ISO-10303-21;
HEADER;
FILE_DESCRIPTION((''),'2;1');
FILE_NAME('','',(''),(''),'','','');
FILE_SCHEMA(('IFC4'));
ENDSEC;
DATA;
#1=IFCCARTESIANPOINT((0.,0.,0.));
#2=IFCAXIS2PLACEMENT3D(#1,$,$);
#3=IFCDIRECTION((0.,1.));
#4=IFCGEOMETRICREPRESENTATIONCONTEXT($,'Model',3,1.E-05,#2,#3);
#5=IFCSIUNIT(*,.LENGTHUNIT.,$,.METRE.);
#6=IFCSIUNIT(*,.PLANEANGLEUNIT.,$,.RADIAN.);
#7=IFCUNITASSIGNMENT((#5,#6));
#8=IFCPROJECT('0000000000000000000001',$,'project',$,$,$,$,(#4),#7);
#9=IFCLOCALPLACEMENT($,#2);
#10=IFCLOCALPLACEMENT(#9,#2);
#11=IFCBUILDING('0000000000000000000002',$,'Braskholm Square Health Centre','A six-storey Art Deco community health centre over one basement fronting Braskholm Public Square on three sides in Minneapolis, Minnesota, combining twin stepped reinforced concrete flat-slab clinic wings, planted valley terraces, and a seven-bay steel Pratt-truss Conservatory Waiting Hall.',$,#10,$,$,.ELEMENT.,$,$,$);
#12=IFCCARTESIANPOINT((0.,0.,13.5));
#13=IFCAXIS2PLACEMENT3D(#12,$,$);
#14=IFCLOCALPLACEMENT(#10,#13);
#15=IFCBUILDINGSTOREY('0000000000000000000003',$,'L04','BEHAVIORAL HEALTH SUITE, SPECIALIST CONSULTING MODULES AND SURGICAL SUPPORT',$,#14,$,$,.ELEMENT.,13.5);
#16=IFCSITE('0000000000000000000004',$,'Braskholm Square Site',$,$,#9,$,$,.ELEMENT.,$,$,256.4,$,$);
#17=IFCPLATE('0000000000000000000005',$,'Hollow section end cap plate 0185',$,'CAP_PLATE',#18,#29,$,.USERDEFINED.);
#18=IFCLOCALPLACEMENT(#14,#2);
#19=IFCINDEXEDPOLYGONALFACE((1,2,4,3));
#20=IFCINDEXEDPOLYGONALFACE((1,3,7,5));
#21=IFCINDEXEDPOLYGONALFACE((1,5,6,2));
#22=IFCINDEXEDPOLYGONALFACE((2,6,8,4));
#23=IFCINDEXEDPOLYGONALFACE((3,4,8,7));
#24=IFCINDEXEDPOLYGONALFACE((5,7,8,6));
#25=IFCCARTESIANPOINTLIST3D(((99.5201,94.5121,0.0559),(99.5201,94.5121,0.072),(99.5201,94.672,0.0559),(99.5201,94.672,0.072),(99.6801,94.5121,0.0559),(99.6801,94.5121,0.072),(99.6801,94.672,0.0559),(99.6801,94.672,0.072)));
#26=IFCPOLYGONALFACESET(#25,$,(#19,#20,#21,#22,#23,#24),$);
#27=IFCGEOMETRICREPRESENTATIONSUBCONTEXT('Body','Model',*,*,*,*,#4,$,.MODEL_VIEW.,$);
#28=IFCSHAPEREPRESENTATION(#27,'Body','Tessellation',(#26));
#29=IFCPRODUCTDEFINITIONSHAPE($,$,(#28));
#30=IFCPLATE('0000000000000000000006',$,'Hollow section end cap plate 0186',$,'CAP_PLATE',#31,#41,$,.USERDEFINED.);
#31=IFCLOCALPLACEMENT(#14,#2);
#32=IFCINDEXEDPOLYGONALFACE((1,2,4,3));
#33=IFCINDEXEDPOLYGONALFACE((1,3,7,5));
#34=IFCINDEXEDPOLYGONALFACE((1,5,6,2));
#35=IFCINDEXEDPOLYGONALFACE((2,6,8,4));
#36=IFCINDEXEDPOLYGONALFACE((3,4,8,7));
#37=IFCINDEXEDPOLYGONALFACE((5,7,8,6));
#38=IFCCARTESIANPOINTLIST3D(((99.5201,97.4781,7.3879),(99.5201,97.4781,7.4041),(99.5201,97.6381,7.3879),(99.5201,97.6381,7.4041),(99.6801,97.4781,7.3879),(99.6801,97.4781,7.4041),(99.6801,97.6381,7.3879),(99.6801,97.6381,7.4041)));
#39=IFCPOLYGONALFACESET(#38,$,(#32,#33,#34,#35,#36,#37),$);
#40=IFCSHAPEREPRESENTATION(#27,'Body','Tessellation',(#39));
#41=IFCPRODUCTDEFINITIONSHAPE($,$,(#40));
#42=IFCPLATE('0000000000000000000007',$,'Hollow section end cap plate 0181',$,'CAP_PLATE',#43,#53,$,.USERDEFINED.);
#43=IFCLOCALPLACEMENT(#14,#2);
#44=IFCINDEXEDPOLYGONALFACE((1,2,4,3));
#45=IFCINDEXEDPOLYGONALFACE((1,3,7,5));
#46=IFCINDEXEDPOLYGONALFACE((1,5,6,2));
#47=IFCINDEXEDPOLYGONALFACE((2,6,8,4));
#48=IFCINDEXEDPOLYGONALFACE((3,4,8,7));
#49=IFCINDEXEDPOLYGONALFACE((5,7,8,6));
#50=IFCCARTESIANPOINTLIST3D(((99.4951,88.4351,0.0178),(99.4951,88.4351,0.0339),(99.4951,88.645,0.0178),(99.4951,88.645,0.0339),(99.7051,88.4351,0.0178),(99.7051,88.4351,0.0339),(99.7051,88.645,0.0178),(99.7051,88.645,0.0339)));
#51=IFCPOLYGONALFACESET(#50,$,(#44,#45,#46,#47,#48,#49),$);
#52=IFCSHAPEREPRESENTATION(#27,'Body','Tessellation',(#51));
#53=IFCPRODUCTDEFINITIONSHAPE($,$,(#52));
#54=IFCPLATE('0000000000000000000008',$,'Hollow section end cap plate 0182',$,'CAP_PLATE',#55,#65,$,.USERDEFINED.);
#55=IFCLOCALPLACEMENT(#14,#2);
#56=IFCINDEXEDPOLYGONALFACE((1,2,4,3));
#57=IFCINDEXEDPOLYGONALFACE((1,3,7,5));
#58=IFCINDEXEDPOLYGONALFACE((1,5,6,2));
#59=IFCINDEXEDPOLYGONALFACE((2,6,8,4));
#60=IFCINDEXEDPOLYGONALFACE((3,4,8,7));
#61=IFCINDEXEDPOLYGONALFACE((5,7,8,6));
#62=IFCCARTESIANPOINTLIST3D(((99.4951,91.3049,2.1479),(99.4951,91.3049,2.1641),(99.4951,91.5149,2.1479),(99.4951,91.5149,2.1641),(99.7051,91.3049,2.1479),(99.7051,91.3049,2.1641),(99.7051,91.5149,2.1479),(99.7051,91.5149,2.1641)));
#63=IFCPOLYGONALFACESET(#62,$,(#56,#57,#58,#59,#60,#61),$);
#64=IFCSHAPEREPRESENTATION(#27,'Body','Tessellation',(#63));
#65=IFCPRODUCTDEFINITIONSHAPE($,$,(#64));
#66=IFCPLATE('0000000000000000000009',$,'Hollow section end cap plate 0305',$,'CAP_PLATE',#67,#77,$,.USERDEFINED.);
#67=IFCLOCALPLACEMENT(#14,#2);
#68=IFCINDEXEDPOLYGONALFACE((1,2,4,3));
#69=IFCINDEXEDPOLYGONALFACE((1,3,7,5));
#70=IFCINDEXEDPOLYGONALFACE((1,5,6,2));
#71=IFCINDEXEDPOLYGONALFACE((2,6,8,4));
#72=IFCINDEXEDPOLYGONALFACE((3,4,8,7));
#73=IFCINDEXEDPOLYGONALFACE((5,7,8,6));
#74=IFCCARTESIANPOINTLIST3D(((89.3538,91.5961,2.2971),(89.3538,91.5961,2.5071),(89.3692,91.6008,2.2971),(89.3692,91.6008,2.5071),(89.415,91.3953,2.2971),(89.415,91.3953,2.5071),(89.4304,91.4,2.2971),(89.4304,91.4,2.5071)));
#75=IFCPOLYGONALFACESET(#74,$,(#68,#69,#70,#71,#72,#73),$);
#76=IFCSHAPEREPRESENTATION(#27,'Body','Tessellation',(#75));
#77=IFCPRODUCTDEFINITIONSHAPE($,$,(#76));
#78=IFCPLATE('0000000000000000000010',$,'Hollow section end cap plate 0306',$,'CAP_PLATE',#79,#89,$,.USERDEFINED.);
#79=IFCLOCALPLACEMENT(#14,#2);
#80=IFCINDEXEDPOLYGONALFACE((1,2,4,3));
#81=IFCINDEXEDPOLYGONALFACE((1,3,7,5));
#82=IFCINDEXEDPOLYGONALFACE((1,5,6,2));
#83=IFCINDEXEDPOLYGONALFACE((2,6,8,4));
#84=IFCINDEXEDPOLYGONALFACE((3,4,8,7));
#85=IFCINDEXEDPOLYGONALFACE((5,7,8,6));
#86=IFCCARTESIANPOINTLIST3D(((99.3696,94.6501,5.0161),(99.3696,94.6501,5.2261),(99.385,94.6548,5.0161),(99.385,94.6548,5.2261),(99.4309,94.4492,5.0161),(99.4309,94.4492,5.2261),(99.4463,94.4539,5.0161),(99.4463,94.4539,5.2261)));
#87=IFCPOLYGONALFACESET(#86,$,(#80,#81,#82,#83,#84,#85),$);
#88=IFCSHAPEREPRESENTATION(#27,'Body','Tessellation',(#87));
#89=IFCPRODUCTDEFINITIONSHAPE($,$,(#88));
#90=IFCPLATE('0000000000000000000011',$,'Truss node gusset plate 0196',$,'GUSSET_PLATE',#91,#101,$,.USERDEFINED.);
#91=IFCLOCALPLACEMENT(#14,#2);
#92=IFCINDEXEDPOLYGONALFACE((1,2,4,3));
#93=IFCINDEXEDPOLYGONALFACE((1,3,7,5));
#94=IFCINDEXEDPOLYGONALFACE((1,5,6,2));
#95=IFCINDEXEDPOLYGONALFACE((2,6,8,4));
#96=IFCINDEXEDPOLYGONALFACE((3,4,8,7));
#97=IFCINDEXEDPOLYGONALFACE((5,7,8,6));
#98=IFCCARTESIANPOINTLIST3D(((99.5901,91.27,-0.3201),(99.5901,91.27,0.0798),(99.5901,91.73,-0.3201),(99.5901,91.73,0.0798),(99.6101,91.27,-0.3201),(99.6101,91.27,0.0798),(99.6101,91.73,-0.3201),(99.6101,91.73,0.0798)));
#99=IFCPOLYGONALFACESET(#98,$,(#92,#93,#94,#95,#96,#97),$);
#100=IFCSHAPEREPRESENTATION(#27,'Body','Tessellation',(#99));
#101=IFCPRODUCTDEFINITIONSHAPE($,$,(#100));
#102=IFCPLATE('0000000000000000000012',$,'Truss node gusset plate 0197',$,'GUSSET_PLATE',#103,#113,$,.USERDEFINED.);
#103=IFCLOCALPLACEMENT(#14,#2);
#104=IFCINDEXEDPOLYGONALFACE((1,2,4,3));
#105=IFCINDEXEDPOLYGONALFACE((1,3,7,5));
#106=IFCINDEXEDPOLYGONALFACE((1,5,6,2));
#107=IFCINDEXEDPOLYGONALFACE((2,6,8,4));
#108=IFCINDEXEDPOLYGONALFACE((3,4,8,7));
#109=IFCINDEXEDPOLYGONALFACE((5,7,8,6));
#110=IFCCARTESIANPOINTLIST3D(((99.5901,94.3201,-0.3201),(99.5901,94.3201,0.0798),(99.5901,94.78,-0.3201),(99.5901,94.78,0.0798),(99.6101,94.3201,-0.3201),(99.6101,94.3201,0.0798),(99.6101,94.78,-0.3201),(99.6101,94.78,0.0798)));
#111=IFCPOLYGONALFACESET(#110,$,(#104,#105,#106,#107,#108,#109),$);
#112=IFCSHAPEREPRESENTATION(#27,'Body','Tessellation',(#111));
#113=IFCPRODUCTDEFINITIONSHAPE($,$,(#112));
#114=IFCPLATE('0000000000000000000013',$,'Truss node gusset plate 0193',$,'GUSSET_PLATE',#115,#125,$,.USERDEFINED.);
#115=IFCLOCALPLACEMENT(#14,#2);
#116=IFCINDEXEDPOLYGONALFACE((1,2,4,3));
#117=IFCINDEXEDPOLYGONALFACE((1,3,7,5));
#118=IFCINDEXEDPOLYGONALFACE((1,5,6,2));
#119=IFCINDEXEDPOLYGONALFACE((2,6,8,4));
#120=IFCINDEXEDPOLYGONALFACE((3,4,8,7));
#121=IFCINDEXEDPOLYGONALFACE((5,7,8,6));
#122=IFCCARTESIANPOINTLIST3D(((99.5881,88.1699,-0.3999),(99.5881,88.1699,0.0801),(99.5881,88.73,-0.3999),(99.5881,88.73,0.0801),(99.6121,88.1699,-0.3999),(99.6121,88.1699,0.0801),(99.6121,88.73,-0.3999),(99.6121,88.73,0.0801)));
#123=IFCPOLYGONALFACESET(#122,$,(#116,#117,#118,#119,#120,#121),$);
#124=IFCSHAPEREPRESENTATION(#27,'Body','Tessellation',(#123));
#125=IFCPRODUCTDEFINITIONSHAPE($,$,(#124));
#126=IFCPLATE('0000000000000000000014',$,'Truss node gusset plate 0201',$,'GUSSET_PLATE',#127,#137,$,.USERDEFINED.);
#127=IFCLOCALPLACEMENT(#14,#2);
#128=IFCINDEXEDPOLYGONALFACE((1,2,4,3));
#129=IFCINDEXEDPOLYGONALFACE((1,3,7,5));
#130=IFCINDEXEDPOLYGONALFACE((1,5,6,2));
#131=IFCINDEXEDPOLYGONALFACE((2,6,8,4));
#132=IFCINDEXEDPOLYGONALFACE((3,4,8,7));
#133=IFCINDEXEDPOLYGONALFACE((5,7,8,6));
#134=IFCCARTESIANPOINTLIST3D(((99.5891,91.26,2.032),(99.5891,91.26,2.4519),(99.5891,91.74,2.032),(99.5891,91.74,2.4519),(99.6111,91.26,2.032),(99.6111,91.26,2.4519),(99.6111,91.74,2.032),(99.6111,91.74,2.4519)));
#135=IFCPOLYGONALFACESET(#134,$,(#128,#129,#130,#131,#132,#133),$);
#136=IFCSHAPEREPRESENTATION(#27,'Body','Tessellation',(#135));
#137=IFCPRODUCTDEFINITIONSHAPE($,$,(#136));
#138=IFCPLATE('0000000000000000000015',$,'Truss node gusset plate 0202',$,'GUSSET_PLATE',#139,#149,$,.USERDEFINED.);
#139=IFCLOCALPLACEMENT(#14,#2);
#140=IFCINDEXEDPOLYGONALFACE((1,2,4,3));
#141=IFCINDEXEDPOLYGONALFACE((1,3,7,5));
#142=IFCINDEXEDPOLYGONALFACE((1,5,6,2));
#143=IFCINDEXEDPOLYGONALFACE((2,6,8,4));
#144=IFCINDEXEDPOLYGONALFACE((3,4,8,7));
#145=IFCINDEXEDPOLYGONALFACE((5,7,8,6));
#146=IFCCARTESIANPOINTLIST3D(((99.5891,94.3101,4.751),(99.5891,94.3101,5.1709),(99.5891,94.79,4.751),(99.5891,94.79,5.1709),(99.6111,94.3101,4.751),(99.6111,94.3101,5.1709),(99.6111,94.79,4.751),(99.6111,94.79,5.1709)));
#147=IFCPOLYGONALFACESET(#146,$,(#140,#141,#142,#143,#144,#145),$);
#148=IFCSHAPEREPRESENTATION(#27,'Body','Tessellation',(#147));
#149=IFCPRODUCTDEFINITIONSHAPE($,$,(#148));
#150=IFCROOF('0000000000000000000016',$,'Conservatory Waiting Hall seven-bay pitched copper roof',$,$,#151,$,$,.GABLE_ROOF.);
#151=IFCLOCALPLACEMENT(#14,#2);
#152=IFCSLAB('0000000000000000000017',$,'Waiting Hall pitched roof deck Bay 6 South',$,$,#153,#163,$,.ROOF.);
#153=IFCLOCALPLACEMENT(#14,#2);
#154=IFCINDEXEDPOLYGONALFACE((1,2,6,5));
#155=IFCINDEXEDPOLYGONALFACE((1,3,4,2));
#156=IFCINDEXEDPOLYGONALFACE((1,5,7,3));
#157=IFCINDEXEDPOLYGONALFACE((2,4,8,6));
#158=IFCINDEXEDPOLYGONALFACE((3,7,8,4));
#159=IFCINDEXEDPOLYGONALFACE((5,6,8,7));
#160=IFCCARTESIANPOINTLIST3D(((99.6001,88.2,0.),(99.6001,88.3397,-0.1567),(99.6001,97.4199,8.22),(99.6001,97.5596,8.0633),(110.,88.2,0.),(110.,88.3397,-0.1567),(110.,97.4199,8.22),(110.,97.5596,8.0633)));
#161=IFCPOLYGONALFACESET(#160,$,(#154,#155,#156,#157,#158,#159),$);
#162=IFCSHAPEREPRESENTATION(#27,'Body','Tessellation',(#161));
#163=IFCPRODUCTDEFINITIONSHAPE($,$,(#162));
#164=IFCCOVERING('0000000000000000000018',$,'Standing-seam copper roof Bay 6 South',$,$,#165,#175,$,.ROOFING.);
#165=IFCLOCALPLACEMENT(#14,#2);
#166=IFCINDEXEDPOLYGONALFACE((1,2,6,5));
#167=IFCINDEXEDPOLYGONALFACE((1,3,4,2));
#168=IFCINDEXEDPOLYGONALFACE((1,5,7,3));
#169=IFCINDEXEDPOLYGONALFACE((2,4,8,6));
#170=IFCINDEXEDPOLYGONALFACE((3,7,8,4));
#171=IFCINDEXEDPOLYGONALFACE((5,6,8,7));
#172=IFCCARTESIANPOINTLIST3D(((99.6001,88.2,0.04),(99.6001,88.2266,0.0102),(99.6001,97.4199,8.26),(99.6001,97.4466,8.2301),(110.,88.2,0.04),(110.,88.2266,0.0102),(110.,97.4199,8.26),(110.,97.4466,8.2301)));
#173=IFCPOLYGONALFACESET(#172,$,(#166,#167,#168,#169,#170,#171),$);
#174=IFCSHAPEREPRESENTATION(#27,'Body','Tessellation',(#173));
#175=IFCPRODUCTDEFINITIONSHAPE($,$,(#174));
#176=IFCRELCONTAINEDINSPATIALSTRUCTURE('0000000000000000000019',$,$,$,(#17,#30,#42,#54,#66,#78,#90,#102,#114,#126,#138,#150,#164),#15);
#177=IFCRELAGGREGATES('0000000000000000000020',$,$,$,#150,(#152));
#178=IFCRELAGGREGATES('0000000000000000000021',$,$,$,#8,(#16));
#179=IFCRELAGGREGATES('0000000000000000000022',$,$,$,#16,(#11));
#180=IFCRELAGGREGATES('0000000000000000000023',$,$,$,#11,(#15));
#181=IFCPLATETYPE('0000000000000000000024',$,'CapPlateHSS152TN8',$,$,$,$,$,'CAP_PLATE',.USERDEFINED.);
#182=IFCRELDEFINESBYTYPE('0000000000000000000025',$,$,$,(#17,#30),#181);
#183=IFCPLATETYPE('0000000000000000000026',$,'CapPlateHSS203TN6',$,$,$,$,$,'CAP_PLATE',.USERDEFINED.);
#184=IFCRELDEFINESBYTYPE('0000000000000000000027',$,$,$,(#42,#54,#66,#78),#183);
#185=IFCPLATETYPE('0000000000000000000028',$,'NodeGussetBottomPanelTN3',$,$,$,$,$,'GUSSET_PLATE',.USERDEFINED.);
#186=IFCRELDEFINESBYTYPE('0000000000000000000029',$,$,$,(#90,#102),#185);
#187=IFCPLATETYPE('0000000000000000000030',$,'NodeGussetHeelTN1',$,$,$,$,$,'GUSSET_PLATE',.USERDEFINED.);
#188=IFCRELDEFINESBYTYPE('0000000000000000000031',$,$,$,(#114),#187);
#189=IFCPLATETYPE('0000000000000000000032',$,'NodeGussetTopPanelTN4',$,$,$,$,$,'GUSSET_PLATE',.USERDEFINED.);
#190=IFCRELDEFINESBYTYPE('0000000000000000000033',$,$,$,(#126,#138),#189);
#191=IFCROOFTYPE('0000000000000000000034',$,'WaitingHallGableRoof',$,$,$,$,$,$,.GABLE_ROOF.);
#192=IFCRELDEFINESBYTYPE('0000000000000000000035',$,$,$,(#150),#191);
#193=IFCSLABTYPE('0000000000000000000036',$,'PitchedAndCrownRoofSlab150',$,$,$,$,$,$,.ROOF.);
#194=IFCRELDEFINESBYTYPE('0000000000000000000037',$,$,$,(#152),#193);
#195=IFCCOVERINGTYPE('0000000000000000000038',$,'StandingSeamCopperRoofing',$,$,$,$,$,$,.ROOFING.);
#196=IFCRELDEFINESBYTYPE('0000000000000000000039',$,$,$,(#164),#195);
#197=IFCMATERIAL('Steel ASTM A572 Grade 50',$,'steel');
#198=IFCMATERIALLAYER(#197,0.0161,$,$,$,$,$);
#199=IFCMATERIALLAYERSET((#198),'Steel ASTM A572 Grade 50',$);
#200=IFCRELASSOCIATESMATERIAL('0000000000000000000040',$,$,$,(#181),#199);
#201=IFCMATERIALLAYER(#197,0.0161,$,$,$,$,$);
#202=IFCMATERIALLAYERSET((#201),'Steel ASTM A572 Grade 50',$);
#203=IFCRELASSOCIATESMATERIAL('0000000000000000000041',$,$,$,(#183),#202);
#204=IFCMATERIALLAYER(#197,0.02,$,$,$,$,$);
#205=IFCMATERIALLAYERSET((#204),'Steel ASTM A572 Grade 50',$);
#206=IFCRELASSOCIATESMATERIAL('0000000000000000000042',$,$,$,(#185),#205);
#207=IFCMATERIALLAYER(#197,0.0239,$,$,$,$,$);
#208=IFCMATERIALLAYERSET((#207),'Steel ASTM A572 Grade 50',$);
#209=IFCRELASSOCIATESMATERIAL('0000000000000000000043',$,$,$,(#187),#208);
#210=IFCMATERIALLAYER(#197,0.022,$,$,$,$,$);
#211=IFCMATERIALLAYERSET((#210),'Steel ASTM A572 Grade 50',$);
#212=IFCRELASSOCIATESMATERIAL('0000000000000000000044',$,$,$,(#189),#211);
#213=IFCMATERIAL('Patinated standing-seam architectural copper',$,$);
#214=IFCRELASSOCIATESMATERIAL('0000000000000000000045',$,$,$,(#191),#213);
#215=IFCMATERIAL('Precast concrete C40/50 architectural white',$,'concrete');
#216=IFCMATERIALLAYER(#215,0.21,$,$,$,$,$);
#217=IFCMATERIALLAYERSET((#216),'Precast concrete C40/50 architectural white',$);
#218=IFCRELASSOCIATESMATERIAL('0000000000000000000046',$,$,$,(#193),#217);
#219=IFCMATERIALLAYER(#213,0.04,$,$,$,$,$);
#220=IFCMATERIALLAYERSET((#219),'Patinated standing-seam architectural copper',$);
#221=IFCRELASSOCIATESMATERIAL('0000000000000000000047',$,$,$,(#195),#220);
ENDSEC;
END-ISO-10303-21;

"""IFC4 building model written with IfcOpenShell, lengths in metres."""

from ifc_helpers import new_model, si_unit, direction, frame, origin, origin_2d, place, context, subcontext, project, spatial, polyline, rectangle, outline, extrude, material, layer, layer_set, type_object, element, aggregate, save


model = new_model("IFC4")

# Units and contexts
model_context = context("Model", 3, precision=1e-05, world=origin(), true_north=direction((0.0, 1.0)))
body_context = subcontext(model_context, "Body", "Model", "MODEL_VIEW")
ifc_project = project(units=[si_unit("LENGTHUNIT", "METRE"), si_unit("PLANEANGLEUNIT", "RADIAN")], contexts=[model_context])

# Site, building, storey
site_placement = place(None, origin())
site = spatial("IfcSite", under=ifc_project, at=site_placement, Name="Braskholm Square Site", CompositionType="ELEMENT", RefElevation=256.4)
building_placement = place(site_placement, origin())
building = spatial("IfcBuilding", under=site, at=building_placement, Name="Braskholm Square Health Centre", Description="A six-storey Art Deco community health centre over one basement fronting Braskholm Public Square on three sides in Minneapolis, Minnesota, combining twin stepped reinforced concrete flat-slab clinic wings, planted valley terraces, and a seven-bay steel Pratt-truss Conservatory Waiting Hall.", CompositionType="ELEMENT")
storey_placement = place(building_placement, frame((0.0, 0.0, 13.5)))
storey = spatial("IfcBuildingStorey", under=building, at=storey_placement, Name="L04", Description="BEHAVIORAL HEALTH SUITE, SPECIALIST CONSULTING MODULES AND SURGICAL SUPPORT", CompositionType="ELEMENT", Elevation=13.5)

# Plates
ifc_material_1 = material(Name="Steel ASTM A572 Grade 50", Category="steel")
ifc_layer_1 = layer(ifc_material_1, 0.0161)
ifc_layer_set_1 = layer_set([ifc_layer_1], Name="Steel ASTM A572 Grade 50")
plate_type_1 = type_object("IfcPlateType", Name="CapPlateHSS152TN8", ElementType="CAP_PLATE", PredefinedType="USERDEFINED", material=ifc_layer_set_1)
for number, where, z_axis, x_axis, name in (
    (1, (99.6001, 94.592, 0.0559), (0.0, 0.0, 1.0), (1.0, 0.0, 0.0), "Hollow section end cap plate 0185"),
    (2, (99.6001, 97.5581, 7.3879), (0.0, 0.0, 1.0), (1.0, 0.0, 0.0), "Hollow section end cap plate 0186"),
):
    element("IfcPlate", number, at=place(storey_placement, frame(where, z_axis=z_axis, x_axis=x_axis)), inside=storey, type_object=plate_type_1, Name=name, ObjectType="CAP_PLATE", PredefinedType="USERDEFINED", context=body_context, shape_type="SweptSolid", body=[
        extrude(rectangle(XDim=0.1599, YDim=0.1599, at=origin_2d()), origin(), (0.0, 0.0, 1.0), 0.0161),
    ])
ifc_layer_2 = layer(ifc_material_1, 0.0161)
ifc_layer_set_2 = layer_set([ifc_layer_2], Name="Steel ASTM A572 Grade 50")
plate_type_2 = type_object("IfcPlateType", Name="CapPlateHSS203TN6", ElementType="CAP_PLATE", PredefinedType="USERDEFINED", material=ifc_layer_set_2)
for number, where, z_axis, x_axis, name in (
    (3, (99.6001, 88.54, 0.0178), (0.0, 0.0, 1.0), (1.0, 0.0, 0.0), "Hollow section end cap plate 0181"),
    (4, (99.6001, 91.4099, 2.1479), (0.0, 0.0, 1.0), (1.0, 0.0, 0.0), "Hollow section end cap plate 0182"),
):
    element("IfcPlate", number, at=place(storey_placement, frame(where, z_axis=z_axis, x_axis=x_axis)), inside=storey, type_object=plate_type_2, Name=name, ObjectType="CAP_PLATE", PredefinedType="USERDEFINED", context=body_context, shape_type="SweptSolid", body=[
        extrude(rectangle(XDim=0.21, YDim=0.21, at=origin_2d()), origin(), (0.0, 0.0, 1.0), 0.0161),
    ])
for number, where, z_axis, x_axis, name in (
    (5, (89.3921, 91.498, 2.2971), (0.0, 0.0, 1.0), (0.956498, 0.291737, 0.0), "Hollow section end cap plate 0305"),
    (6, (99.408, 94.552, 5.0161), (0.0, 0.0, 1.0), (0.956498, 0.291737, 0.0), "Hollow section end cap plate 0306"),
):
    element("IfcPlate", number, at=place(storey_placement, frame(where, z_axis=z_axis, x_axis=x_axis)), inside=storey, type_object=plate_type_2, Name=name, ObjectType="CAP_PLATE", PredefinedType="USERDEFINED", context=body_context, shape_type="SweptSolid", body=[
        extrude(rectangle(XDim=0.0161, YDim=0.21, at=origin_2d()), origin(), (0.0, 0.0, 1.0), 0.21),
    ])
ifc_layer_3 = layer(ifc_material_1, 0.02)
ifc_layer_set_3 = layer_set([ifc_layer_3], Name="Steel ASTM A572 Grade 50")
plate_type_3 = type_object("IfcPlateType", Name="NodeGussetBottomPanelTN3", ElementType="GUSSET_PLATE", PredefinedType="USERDEFINED", material=ifc_layer_set_3)
for number, where, z_axis, x_axis, name in (
    (7, (99.6001, 91.5, -0.3201), (0.0, 0.0, 1.0), (1.0, 0.0, 0.0), "Truss node gusset plate 0196"),
    (8, (99.6001, 94.55, -0.3201), (0.0, 0.0, 1.0), (1.0, 0.0, 0.0), "Truss node gusset plate 0197"),
):
    element("IfcPlate", number, at=place(storey_placement, frame(where, z_axis=z_axis, x_axis=x_axis)), inside=storey, type_object=plate_type_3, Name=name, ObjectType="GUSSET_PLATE", PredefinedType="USERDEFINED", context=body_context, shape_type="SweptSolid", body=[
        extrude(rectangle(XDim=0.02, YDim=0.46, at=origin_2d()), origin(), (0.0, 0.0, 1.0), 0.3999),
    ])
ifc_layer_4 = layer(ifc_material_1, 0.0239)
ifc_layer_set_4 = layer_set([ifc_layer_4], Name="Steel ASTM A572 Grade 50")
plate_type_4 = type_object("IfcPlateType", Name="NodeGussetHeelTN1", ElementType="GUSSET_PLATE", PredefinedType="USERDEFINED", material=ifc_layer_set_4)
plate_placement = place(storey_placement, frame((99.6001, 88.45, -0.3999), z_axis=(0.0, 0.0, 1.0), x_axis=(1.0, 0.0, 0.0)))
element("IfcPlate", 9, at=plate_placement, inside=storey, type_object=plate_type_4, Name="Truss node gusset plate 0193", ObjectType="GUSSET_PLATE", PredefinedType="USERDEFINED", context=body_context, shape_type="SweptSolid", body=[
    extrude(rectangle(XDim=0.0239, YDim=0.5601, at=origin_2d()), origin(), (0.0, 0.0, 1.0), 0.48),
])
ifc_layer_5 = layer(ifc_material_1, 0.022)
ifc_layer_set_5 = layer_set([ifc_layer_5], Name="Steel ASTM A572 Grade 50")
plate_type_5 = type_object("IfcPlateType", Name="NodeGussetTopPanelTN4", ElementType="GUSSET_PLATE", PredefinedType="USERDEFINED", material=ifc_layer_set_5)
for number, where, z_axis, x_axis, name in (
    (10, (99.6001, 91.5, 2.032), (0.0, 0.0, 1.0), (1.0, 0.0, 0.0), "Truss node gusset plate 0201"),
    (11, (99.6001, 94.55, 4.751), (0.0, 0.0, 1.0), (1.0, 0.0, 0.0), "Truss node gusset plate 0202"),
):
    element("IfcPlate", number, at=place(storey_placement, frame(where, z_axis=z_axis, x_axis=x_axis)), inside=storey, type_object=plate_type_5, Name=name, ObjectType="GUSSET_PLATE", PredefinedType="USERDEFINED", context=body_context, shape_type="SweptSolid", body=[
        extrude(rectangle(XDim=0.022, YDim=0.48, at=origin_2d()), origin(), (0.0, 0.0, 1.0), 0.4199),
    ])

# Roof, slab
ifc_material_2 = material(Name="Patinated standing-seam architectural copper")
roof_type = type_object("IfcRoofType", Name="WaitingHallGableRoof", PredefinedType="GABLE_ROOF", material=ifc_material_2)
roof_placement = place(storey_placement, origin())
roof = element("IfcRoof", 12, at=roof_placement, inside=storey, type_object=roof_type, Name="Conservatory Waiting Hall seven-bay pitched copper roof", PredefinedType="GABLE_ROOF")
ifc_material_3 = material(Name="Precast concrete C40/50 architectural white", Category="concrete")
ifc_layer_6 = layer(ifc_material_3, 0.21)
ifc_layer_set_6 = layer_set([ifc_layer_6], Name="Precast concrete C40/50 architectural white")
slab_type = type_object("IfcSlabType", Name="PitchedAndCrownRoofSlab150", PredefinedType="ROOF", material=ifc_layer_set_6)
slab_placement = place(storey_placement, frame((99.6001, 88.2, 0.0), z_axis=(0.0, -0.665468, 0.746426), x_axis=(1.0, 0.0, 0.0)))
slab = element("IfcSlab", 13, at=slab_placement, type_object=slab_type, Name="Waiting Hall pitched roof deck Bay 6 South", PredefinedType="ROOF", context=body_context, shape_type="SweptSolid", body=[
    extrude(outline(polyline([(0.0, 0.0), (10.3999, 0.0), (10.3999, 12.3522), (0.0, 12.3522), (0.0, 0.0)])), origin(), (0.0, 0.0, -1.0), 0.21),
])
aggregate(roof, [slab])

# Covering
ifc_layer_7 = layer(ifc_material_2, 0.04)
ifc_layer_set_7 = layer_set([ifc_layer_7], Name="Patinated standing-seam architectural copper")
covering_type = type_object("IfcCoveringType", Name="StandingSeamCopperRoofing", PredefinedType="ROOFING", material=ifc_layer_set_7)
covering_placement = place(storey_placement, frame((99.6001, 88.2, 0.04), z_axis=(0.0, -0.665468, 0.746426), x_axis=(1.0, 0.0, 0.0)))
element("IfcCovering", 14, at=covering_placement, inside=storey, type_object=covering_type, Name="Standing-seam copper roof Bay 6 South", PredefinedType="ROOFING", context=body_context, shape_type="SweptSolid", body=[
    extrude(outline(polyline([(0.0, 0.0), (10.3999, 0.0), (10.3999, 12.3522), (0.0, 12.3522), (0.0, 0.0)])), origin(), (0.0, 0.0, -1.0), 0.04),
])

save(model, "model.ifc")
